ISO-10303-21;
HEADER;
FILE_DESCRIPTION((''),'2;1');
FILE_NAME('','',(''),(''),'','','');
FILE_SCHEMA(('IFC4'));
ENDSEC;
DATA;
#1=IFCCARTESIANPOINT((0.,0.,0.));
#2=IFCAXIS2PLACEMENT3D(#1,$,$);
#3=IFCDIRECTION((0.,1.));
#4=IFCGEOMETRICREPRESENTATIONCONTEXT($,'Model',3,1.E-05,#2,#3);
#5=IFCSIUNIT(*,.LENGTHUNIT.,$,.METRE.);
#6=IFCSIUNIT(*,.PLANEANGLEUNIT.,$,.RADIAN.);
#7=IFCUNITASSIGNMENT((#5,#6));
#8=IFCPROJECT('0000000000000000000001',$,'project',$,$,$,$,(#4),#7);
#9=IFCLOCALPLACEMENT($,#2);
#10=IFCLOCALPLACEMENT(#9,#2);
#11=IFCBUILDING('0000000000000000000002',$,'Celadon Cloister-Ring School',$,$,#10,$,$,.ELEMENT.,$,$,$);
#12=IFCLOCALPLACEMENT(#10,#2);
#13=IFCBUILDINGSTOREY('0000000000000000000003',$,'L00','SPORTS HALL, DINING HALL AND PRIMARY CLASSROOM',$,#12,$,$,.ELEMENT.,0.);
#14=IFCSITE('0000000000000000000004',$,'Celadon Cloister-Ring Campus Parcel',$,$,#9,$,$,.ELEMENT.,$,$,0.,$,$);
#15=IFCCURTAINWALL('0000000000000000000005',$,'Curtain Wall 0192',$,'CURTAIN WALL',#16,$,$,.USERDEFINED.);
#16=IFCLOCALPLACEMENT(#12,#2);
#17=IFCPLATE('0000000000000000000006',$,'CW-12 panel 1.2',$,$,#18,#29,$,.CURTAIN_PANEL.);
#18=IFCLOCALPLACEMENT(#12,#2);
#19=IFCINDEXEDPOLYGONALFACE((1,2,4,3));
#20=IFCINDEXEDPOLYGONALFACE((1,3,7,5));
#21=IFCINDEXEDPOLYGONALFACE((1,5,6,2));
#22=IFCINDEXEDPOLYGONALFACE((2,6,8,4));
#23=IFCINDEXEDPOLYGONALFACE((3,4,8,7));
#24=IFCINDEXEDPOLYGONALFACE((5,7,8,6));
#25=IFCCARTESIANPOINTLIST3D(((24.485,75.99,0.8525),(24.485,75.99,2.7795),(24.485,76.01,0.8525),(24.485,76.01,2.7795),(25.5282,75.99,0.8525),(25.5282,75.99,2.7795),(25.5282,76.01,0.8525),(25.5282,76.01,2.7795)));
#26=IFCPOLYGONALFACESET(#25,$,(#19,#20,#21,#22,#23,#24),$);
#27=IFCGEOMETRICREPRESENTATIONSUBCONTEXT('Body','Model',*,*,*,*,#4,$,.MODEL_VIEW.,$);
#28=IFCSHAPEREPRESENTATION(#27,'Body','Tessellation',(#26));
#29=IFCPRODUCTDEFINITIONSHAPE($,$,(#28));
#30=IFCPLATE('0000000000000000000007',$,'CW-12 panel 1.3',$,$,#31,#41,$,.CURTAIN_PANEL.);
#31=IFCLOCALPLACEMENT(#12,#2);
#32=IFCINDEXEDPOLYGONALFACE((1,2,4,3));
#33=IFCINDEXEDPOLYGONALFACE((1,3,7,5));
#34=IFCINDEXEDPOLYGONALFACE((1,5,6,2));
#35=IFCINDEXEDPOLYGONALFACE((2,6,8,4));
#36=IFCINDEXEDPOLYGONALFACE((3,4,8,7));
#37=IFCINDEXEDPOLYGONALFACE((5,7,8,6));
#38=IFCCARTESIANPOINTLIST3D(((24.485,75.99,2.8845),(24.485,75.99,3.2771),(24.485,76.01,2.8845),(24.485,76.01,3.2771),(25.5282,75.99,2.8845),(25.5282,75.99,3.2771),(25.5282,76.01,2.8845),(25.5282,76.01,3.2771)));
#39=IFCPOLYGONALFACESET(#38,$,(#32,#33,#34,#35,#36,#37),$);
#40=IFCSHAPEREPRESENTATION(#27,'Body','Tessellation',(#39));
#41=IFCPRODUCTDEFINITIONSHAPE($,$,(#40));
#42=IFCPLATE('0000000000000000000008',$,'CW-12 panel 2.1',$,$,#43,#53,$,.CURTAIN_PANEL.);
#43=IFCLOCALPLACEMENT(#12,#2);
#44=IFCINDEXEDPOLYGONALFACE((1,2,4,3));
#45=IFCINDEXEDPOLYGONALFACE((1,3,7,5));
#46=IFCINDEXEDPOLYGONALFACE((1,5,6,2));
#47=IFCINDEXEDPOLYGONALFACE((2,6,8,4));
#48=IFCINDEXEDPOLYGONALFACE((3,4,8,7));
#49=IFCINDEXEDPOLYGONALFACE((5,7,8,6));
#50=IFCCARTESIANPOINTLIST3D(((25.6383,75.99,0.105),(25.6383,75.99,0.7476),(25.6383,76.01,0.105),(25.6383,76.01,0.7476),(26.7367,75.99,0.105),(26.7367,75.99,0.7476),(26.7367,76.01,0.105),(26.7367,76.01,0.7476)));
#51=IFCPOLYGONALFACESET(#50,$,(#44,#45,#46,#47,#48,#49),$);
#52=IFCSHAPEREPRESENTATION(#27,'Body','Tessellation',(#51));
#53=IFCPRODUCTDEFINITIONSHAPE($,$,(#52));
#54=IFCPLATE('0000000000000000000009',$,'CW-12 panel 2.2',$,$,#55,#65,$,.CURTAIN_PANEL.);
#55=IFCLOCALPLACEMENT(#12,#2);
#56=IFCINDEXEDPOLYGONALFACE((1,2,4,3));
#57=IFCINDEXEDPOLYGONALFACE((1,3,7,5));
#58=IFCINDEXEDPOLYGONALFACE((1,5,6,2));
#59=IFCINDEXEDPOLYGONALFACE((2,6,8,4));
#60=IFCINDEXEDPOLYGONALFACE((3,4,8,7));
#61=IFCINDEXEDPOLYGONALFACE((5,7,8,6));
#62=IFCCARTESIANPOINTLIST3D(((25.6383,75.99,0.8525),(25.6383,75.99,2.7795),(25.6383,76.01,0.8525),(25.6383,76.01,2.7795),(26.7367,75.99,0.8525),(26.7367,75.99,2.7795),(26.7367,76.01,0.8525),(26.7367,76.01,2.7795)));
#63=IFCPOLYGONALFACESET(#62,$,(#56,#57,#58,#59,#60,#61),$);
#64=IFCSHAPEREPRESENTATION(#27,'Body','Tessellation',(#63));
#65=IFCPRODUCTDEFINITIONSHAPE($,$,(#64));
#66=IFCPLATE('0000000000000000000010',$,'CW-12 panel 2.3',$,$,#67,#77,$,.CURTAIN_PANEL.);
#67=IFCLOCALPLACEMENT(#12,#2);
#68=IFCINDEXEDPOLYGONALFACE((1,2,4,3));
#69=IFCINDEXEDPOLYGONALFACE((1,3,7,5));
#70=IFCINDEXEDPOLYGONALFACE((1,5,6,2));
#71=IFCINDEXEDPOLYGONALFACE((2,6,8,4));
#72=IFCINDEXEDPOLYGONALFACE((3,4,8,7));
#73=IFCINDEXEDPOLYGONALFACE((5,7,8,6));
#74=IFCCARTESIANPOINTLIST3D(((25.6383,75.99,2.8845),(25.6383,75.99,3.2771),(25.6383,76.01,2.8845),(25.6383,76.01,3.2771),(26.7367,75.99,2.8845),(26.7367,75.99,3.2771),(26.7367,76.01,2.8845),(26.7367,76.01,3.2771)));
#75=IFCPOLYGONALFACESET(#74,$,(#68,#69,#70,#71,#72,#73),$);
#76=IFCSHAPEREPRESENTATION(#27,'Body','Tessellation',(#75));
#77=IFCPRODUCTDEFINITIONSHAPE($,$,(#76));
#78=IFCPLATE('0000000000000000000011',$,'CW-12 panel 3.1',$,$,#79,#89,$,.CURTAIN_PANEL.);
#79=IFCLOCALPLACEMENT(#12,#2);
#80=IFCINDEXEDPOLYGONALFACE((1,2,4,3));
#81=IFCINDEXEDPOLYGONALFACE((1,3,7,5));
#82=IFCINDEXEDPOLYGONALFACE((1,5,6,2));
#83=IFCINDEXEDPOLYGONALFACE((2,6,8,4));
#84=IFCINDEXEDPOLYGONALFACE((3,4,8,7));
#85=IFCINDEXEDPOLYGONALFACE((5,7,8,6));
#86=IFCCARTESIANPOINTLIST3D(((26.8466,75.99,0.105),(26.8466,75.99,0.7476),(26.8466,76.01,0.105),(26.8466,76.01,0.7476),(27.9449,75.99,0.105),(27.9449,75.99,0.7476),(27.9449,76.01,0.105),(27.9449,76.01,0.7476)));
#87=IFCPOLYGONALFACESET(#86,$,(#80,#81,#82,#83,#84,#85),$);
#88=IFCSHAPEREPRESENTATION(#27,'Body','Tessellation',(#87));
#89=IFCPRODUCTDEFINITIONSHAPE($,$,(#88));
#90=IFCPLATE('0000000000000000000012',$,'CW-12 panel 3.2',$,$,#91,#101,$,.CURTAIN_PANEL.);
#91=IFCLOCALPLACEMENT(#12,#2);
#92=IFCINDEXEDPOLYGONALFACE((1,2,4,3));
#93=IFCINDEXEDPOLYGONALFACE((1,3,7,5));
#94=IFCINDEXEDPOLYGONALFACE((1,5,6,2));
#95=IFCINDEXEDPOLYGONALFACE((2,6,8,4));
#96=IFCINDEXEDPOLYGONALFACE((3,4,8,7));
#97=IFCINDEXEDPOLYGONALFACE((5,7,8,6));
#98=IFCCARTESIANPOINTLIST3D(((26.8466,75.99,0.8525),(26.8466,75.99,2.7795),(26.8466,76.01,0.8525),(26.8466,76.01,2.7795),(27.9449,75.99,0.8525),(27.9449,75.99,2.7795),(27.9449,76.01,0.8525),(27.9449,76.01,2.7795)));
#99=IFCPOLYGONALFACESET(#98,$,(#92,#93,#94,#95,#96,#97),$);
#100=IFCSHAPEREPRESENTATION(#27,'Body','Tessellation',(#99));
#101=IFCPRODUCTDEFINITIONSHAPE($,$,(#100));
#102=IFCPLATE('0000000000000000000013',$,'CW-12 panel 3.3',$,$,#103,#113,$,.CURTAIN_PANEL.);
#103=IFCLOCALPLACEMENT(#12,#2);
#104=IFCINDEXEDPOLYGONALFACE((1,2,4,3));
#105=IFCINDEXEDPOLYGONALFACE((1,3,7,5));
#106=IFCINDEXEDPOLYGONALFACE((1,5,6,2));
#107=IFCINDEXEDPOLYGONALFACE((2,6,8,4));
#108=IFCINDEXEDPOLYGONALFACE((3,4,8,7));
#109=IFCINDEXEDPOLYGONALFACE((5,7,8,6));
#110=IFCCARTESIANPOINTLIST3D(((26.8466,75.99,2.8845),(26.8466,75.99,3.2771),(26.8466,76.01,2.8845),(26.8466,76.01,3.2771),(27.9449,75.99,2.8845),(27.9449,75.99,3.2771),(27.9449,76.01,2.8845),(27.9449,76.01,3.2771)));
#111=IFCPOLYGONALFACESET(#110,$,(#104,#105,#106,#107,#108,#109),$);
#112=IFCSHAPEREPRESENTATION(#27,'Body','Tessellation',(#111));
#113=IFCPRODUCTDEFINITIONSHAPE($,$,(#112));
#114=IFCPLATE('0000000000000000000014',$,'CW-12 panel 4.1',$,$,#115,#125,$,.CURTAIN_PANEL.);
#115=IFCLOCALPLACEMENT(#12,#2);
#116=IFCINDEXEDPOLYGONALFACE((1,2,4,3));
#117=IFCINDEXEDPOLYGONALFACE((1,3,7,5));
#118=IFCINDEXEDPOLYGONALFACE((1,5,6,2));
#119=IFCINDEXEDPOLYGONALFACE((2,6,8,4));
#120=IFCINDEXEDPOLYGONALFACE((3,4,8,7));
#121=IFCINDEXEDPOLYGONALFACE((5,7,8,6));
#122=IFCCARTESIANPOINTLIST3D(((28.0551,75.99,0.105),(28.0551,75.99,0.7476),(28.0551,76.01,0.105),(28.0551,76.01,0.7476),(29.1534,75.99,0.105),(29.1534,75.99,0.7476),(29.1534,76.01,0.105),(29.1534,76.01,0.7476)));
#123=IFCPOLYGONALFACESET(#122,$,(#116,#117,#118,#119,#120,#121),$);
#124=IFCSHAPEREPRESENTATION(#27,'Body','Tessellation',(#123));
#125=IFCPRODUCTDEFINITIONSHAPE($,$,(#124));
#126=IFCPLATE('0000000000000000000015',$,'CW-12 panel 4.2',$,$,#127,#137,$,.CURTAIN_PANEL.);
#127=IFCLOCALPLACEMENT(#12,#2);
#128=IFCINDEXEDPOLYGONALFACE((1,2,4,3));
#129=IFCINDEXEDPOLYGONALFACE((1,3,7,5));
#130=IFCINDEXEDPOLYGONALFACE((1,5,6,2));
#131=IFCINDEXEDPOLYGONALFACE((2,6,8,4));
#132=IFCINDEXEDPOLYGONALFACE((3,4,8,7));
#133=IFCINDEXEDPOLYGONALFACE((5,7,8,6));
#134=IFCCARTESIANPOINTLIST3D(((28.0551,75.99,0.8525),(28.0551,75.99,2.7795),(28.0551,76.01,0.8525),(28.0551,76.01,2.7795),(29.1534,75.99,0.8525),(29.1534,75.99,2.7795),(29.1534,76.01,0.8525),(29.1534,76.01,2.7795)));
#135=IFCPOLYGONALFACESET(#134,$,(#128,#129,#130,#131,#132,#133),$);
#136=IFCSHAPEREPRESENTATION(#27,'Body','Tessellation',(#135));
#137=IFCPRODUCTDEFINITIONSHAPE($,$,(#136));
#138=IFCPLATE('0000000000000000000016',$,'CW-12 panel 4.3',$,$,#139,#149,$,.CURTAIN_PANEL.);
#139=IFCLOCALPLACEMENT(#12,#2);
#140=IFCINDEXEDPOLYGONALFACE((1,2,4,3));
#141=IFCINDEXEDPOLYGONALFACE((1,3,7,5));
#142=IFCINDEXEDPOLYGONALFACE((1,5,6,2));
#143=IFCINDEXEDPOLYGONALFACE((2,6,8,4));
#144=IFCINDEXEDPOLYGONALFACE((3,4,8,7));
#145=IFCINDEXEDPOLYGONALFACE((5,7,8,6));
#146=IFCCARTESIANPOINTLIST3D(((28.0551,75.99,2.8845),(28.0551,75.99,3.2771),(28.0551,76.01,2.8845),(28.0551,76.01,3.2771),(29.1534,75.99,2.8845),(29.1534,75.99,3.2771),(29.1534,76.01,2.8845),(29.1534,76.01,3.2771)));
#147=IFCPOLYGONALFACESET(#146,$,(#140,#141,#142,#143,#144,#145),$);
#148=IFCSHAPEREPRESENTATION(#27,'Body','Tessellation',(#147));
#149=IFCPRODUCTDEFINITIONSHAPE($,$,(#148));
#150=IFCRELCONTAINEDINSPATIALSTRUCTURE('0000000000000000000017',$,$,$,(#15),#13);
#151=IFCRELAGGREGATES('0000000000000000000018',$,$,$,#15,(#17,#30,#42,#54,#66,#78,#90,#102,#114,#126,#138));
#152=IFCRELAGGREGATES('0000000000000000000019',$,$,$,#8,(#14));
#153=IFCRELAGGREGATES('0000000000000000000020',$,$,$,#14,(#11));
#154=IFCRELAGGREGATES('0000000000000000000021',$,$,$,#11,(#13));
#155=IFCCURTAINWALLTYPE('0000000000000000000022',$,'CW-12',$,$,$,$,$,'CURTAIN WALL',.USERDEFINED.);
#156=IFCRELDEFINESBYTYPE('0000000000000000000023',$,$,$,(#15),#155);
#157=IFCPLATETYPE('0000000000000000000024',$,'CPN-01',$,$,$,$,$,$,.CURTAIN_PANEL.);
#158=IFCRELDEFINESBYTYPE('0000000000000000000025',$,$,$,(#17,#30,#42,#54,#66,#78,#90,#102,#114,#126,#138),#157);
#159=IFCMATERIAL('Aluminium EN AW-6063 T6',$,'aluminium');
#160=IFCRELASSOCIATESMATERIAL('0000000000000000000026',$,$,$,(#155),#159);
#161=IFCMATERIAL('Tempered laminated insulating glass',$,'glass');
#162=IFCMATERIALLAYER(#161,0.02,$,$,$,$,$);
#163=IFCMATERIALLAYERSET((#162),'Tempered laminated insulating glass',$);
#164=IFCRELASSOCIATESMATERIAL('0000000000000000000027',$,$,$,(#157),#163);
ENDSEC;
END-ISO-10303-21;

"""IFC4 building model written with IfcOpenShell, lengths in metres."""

from ifc_helpers import new_model, si_unit, direction, frame, origin, origin_2d, place, context, subcontext, project, spatial, rectangle, extrude, material, layer, layer_set, type_object, element, aggregate, save


model = new_model("IFC4")

# Units and contexts
model_context = context("Model", 3, precision=1e-05, world=origin(), true_north=direction((0.0, 1.0)))
body_context = subcontext(model_context, "Body", "Model", "MODEL_VIEW")
ifc_project = project(units=[si_unit("LENGTHUNIT", "METRE"), si_unit("PLANEANGLEUNIT", "RADIAN")], contexts=[model_context])

# Site, building, storey
site_placement = place(None, origin())
site = spatial("IfcSite", under=ifc_project, at=site_placement, Name="Celadon Cloister-Ring Campus Parcel", CompositionType="ELEMENT", RefElevation=0.0)
building_placement = place(site_placement, origin())
building = spatial("IfcBuilding", under=site, at=building_placement, Name="Celadon Cloister-Ring School", CompositionType="ELEMENT")
storey_placement = place(building_placement, origin())
storey = spatial("IfcBuildingStorey", under=building, at=storey_placement, Name="L00", Description="SPORTS HALL, DINING HALL AND PRIMARY CLASSROOM", CompositionType="ELEMENT", Elevation=0.0)

# Curtain wall
ifc_material_1 = material(Name="Aluminium EN AW-6063 T6", Category="aluminium")
curtain_wall_type = type_object("IfcCurtainWallType", Name="CW-12", ElementType="CURTAIN WALL", PredefinedType="USERDEFINED", material=ifc_material_1)
curtain_wall_placement = place(storey_placement, origin())
curtain_wall = element("IfcCurtainWall", 1, at=curtain_wall_placement, inside=storey, type_object=curtain_wall_type, Name="Curtain Wall 0192", ObjectType="CURTAIN WALL", PredefinedType="USERDEFINED")

# Plates
ifc_material_2 = material(Name="Tempered laminated insulating glass", Category="glass")
ifc_layer_1 = layer(ifc_material_2, 0.02)
ifc_layer_set_1 = layer_set([ifc_layer_1], Name="Tempered laminated insulating glass")
plate_type = type_object("IfcPlateType", Name="CPN-01", PredefinedType="CURTAIN_PANEL", material=ifc_layer_set_1)
plate_1_placement = place(storey_placement, frame((25.0066, 76.0, 0.8525), z_axis=(0.0, 0.0, 1.0), x_axis=(1.0, 0.0, 0.0)))
plate_1 = element("IfcPlate", 2, at=plate_1_placement, type_object=plate_type, Name="CW-12 panel 1.2", PredefinedType="CURTAIN_PANEL", context=body_context, shape_type="SweptSolid", body=[
    extrude(rectangle(XDim=1.0432, YDim=0.02, at=origin_2d()), origin(), (0.0, 0.0, 1.0), 1.927),
])
plate_2_placement = place(storey_placement, frame((25.0066, 76.0, 2.8845), z_axis=(0.0, 0.0, 1.0), x_axis=(1.0, 0.0, 0.0)))
plate_2 = element("IfcPlate", 3, at=plate_2_placement, type_object=plate_type, Name="CW-12 panel 1.3", PredefinedType="CURTAIN_PANEL", context=body_context, shape_type="SweptSolid", body=[
    extrude(rectangle(XDim=1.0432, YDim=0.02, at=origin_2d()), origin(), (0.0, 0.0, 1.0), 0.3926),
])
plate_3_placement = place(storey_placement, frame((26.1875, 76.0, 0.105), z_axis=(0.0, 0.0, 1.0), x_axis=(1.0, 0.0, 0.0)))
plate_3 = element("IfcPlate", 4, at=plate_3_placement, type_object=plate_type, Name="CW-12 panel 2.1", PredefinedType="CURTAIN_PANEL", context=body_context, shape_type="SweptSolid", body=[
    extrude(rectangle(XDim=1.0984, YDim=0.02, at=origin_2d()), origin(), (0.0, 0.0, 1.0), 0.6426),
])
plate_4_placement = place(storey_placement, frame((26.1875, 76.0, 0.8525), z_axis=(0.0, 0.0, 1.0), x_axis=(1.0, 0.0, 0.0)))
plate_4 = element("IfcPlate", 5, at=plate_4_placement, type_object=plate_type, Name="CW-12 panel 2.2", PredefinedType="CURTAIN_PANEL", context=body_context, shape_type="SweptSolid", body=[
    extrude(rectangle(XDim=1.0984, YDim=0.02, at=origin_2d()), origin(), (0.0, 0.0, 1.0), 1.927),
])
plate_5_placement = place(storey_placement, frame((26.1875, 76.0, 2.8845), z_axis=(0.0, 0.0, 1.0), x_axis=(1.0, 0.0, 0.0)))
plate_5 = element("IfcPlate", 6, at=plate_5_placement, type_object=plate_type, Name="CW-12 panel 2.3", PredefinedType="CURTAIN_PANEL", context=body_context, shape_type="SweptSolid", body=[
    extrude(rectangle(XDim=1.0984, YDim=0.02, at=origin_2d()), origin(), (0.0, 0.0, 1.0), 0.3926),
])
plate_6_placement = place(storey_placement, frame((27.3958, 76.0, 0.105), z_axis=(0.0, 0.0, 1.0), x_axis=(1.0, 0.0, 0.0)))
plate_6 = element("IfcPlate", 7, at=plate_6_placement, type_object=plate_type, Name="CW-12 panel 3.1", PredefinedType="CURTAIN_PANEL", context=body_context, shape_type="SweptSolid", body=[
    extrude(rectangle(XDim=1.0984, YDim=0.02, at=origin_2d()), origin(), (0.0, 0.0, 1.0), 0.6426),
])
plate_7_placement = place(storey_placement, frame((27.3958, 76.0, 0.8525), z_axis=(0.0, 0.0, 1.0), x_axis=(1.0, 0.0, 0.0)))
plate_7 = element("IfcPlate", 8, at=plate_7_placement, type_object=plate_type, Name="CW-12 panel 3.2", PredefinedType="CURTAIN_PANEL", context=body_context, shape_type="SweptSolid", body=[
    extrude(rectangle(XDim=1.0984, YDim=0.02, at=origin_2d()), origin(), (0.0, 0.0, 1.0), 1.927),
])
plate_8_placement = place(storey_placement, frame((27.3958, 76.0, 2.8845), z_axis=(0.0, 0.0, 1.0), x_axis=(1.0, 0.0, 0.0)))
plate_8 = element("IfcPlate", 9, at=plate_8_placement, type_object=plate_type, Name="CW-12 panel 3.3", PredefinedType="CURTAIN_PANEL", context=body_context, shape_type="SweptSolid", body=[
    extrude(rectangle(XDim=1.0984, YDim=0.02, at=origin_2d()), origin(), (0.0, 0.0, 1.0), 0.3926),
])
plate_9_placement = place(storey_placement, frame((28.6042, 76.0, 0.105), z_axis=(0.0, 0.0, 1.0), x_axis=(1.0, 0.0, 0.0)))
plate_9 = element("IfcPlate", 10, at=plate_9_placement, type_object=plate_type, Name="CW-12 panel 4.1", PredefinedType="CURTAIN_PANEL", context=body_context, shape_type="SweptSolid", body=[
    extrude(rectangle(XDim=1.0984, YDim=0.02, at=origin_2d()), origin(), (0.0, 0.0, 1.0), 0.6426),
])
plate_10_placement = place(storey_placement, frame((28.6042, 76.0, 0.8525), z_axis=(0.0, 0.0, 1.0), x_axis=(1.0, 0.0, 0.0)))
plate_10 = element("IfcPlate", 11, at=plate_10_placement, type_object=plate_type, Name="CW-12 panel 4.2", PredefinedType="CURTAIN_PANEL", context=body_context, shape_type="SweptSolid", body=[
    extrude(rectangle(XDim=1.0984, YDim=0.02, at=origin_2d()), origin(), (0.0, 0.0, 1.0), 1.927),
])
plate_11_placement = place(storey_placement, frame((28.6042, 76.0, 2.8845), z_axis=(0.0, 0.0, 1.0), x_axis=(1.0, 0.0, 0.0)))
plate_11 = element("IfcPlate", 12, at=plate_11_placement, type_object=plate_type, Name="CW-12 panel 4.3", PredefinedType="CURTAIN_PANEL", context=body_context, shape_type="SweptSolid", body=[
    extrude(rectangle(XDim=1.0984, YDim=0.02, at=origin_2d()), origin(), (0.0, 0.0, 1.0), 0.3926),
])
aggregate(curtain_wall, [plate_1, plate_2, plate_3, plate_4, plate_5, plate_6, plate_7, plate_8, plate_9, plate_10, plate_11])

save(model, "model.ifc")
